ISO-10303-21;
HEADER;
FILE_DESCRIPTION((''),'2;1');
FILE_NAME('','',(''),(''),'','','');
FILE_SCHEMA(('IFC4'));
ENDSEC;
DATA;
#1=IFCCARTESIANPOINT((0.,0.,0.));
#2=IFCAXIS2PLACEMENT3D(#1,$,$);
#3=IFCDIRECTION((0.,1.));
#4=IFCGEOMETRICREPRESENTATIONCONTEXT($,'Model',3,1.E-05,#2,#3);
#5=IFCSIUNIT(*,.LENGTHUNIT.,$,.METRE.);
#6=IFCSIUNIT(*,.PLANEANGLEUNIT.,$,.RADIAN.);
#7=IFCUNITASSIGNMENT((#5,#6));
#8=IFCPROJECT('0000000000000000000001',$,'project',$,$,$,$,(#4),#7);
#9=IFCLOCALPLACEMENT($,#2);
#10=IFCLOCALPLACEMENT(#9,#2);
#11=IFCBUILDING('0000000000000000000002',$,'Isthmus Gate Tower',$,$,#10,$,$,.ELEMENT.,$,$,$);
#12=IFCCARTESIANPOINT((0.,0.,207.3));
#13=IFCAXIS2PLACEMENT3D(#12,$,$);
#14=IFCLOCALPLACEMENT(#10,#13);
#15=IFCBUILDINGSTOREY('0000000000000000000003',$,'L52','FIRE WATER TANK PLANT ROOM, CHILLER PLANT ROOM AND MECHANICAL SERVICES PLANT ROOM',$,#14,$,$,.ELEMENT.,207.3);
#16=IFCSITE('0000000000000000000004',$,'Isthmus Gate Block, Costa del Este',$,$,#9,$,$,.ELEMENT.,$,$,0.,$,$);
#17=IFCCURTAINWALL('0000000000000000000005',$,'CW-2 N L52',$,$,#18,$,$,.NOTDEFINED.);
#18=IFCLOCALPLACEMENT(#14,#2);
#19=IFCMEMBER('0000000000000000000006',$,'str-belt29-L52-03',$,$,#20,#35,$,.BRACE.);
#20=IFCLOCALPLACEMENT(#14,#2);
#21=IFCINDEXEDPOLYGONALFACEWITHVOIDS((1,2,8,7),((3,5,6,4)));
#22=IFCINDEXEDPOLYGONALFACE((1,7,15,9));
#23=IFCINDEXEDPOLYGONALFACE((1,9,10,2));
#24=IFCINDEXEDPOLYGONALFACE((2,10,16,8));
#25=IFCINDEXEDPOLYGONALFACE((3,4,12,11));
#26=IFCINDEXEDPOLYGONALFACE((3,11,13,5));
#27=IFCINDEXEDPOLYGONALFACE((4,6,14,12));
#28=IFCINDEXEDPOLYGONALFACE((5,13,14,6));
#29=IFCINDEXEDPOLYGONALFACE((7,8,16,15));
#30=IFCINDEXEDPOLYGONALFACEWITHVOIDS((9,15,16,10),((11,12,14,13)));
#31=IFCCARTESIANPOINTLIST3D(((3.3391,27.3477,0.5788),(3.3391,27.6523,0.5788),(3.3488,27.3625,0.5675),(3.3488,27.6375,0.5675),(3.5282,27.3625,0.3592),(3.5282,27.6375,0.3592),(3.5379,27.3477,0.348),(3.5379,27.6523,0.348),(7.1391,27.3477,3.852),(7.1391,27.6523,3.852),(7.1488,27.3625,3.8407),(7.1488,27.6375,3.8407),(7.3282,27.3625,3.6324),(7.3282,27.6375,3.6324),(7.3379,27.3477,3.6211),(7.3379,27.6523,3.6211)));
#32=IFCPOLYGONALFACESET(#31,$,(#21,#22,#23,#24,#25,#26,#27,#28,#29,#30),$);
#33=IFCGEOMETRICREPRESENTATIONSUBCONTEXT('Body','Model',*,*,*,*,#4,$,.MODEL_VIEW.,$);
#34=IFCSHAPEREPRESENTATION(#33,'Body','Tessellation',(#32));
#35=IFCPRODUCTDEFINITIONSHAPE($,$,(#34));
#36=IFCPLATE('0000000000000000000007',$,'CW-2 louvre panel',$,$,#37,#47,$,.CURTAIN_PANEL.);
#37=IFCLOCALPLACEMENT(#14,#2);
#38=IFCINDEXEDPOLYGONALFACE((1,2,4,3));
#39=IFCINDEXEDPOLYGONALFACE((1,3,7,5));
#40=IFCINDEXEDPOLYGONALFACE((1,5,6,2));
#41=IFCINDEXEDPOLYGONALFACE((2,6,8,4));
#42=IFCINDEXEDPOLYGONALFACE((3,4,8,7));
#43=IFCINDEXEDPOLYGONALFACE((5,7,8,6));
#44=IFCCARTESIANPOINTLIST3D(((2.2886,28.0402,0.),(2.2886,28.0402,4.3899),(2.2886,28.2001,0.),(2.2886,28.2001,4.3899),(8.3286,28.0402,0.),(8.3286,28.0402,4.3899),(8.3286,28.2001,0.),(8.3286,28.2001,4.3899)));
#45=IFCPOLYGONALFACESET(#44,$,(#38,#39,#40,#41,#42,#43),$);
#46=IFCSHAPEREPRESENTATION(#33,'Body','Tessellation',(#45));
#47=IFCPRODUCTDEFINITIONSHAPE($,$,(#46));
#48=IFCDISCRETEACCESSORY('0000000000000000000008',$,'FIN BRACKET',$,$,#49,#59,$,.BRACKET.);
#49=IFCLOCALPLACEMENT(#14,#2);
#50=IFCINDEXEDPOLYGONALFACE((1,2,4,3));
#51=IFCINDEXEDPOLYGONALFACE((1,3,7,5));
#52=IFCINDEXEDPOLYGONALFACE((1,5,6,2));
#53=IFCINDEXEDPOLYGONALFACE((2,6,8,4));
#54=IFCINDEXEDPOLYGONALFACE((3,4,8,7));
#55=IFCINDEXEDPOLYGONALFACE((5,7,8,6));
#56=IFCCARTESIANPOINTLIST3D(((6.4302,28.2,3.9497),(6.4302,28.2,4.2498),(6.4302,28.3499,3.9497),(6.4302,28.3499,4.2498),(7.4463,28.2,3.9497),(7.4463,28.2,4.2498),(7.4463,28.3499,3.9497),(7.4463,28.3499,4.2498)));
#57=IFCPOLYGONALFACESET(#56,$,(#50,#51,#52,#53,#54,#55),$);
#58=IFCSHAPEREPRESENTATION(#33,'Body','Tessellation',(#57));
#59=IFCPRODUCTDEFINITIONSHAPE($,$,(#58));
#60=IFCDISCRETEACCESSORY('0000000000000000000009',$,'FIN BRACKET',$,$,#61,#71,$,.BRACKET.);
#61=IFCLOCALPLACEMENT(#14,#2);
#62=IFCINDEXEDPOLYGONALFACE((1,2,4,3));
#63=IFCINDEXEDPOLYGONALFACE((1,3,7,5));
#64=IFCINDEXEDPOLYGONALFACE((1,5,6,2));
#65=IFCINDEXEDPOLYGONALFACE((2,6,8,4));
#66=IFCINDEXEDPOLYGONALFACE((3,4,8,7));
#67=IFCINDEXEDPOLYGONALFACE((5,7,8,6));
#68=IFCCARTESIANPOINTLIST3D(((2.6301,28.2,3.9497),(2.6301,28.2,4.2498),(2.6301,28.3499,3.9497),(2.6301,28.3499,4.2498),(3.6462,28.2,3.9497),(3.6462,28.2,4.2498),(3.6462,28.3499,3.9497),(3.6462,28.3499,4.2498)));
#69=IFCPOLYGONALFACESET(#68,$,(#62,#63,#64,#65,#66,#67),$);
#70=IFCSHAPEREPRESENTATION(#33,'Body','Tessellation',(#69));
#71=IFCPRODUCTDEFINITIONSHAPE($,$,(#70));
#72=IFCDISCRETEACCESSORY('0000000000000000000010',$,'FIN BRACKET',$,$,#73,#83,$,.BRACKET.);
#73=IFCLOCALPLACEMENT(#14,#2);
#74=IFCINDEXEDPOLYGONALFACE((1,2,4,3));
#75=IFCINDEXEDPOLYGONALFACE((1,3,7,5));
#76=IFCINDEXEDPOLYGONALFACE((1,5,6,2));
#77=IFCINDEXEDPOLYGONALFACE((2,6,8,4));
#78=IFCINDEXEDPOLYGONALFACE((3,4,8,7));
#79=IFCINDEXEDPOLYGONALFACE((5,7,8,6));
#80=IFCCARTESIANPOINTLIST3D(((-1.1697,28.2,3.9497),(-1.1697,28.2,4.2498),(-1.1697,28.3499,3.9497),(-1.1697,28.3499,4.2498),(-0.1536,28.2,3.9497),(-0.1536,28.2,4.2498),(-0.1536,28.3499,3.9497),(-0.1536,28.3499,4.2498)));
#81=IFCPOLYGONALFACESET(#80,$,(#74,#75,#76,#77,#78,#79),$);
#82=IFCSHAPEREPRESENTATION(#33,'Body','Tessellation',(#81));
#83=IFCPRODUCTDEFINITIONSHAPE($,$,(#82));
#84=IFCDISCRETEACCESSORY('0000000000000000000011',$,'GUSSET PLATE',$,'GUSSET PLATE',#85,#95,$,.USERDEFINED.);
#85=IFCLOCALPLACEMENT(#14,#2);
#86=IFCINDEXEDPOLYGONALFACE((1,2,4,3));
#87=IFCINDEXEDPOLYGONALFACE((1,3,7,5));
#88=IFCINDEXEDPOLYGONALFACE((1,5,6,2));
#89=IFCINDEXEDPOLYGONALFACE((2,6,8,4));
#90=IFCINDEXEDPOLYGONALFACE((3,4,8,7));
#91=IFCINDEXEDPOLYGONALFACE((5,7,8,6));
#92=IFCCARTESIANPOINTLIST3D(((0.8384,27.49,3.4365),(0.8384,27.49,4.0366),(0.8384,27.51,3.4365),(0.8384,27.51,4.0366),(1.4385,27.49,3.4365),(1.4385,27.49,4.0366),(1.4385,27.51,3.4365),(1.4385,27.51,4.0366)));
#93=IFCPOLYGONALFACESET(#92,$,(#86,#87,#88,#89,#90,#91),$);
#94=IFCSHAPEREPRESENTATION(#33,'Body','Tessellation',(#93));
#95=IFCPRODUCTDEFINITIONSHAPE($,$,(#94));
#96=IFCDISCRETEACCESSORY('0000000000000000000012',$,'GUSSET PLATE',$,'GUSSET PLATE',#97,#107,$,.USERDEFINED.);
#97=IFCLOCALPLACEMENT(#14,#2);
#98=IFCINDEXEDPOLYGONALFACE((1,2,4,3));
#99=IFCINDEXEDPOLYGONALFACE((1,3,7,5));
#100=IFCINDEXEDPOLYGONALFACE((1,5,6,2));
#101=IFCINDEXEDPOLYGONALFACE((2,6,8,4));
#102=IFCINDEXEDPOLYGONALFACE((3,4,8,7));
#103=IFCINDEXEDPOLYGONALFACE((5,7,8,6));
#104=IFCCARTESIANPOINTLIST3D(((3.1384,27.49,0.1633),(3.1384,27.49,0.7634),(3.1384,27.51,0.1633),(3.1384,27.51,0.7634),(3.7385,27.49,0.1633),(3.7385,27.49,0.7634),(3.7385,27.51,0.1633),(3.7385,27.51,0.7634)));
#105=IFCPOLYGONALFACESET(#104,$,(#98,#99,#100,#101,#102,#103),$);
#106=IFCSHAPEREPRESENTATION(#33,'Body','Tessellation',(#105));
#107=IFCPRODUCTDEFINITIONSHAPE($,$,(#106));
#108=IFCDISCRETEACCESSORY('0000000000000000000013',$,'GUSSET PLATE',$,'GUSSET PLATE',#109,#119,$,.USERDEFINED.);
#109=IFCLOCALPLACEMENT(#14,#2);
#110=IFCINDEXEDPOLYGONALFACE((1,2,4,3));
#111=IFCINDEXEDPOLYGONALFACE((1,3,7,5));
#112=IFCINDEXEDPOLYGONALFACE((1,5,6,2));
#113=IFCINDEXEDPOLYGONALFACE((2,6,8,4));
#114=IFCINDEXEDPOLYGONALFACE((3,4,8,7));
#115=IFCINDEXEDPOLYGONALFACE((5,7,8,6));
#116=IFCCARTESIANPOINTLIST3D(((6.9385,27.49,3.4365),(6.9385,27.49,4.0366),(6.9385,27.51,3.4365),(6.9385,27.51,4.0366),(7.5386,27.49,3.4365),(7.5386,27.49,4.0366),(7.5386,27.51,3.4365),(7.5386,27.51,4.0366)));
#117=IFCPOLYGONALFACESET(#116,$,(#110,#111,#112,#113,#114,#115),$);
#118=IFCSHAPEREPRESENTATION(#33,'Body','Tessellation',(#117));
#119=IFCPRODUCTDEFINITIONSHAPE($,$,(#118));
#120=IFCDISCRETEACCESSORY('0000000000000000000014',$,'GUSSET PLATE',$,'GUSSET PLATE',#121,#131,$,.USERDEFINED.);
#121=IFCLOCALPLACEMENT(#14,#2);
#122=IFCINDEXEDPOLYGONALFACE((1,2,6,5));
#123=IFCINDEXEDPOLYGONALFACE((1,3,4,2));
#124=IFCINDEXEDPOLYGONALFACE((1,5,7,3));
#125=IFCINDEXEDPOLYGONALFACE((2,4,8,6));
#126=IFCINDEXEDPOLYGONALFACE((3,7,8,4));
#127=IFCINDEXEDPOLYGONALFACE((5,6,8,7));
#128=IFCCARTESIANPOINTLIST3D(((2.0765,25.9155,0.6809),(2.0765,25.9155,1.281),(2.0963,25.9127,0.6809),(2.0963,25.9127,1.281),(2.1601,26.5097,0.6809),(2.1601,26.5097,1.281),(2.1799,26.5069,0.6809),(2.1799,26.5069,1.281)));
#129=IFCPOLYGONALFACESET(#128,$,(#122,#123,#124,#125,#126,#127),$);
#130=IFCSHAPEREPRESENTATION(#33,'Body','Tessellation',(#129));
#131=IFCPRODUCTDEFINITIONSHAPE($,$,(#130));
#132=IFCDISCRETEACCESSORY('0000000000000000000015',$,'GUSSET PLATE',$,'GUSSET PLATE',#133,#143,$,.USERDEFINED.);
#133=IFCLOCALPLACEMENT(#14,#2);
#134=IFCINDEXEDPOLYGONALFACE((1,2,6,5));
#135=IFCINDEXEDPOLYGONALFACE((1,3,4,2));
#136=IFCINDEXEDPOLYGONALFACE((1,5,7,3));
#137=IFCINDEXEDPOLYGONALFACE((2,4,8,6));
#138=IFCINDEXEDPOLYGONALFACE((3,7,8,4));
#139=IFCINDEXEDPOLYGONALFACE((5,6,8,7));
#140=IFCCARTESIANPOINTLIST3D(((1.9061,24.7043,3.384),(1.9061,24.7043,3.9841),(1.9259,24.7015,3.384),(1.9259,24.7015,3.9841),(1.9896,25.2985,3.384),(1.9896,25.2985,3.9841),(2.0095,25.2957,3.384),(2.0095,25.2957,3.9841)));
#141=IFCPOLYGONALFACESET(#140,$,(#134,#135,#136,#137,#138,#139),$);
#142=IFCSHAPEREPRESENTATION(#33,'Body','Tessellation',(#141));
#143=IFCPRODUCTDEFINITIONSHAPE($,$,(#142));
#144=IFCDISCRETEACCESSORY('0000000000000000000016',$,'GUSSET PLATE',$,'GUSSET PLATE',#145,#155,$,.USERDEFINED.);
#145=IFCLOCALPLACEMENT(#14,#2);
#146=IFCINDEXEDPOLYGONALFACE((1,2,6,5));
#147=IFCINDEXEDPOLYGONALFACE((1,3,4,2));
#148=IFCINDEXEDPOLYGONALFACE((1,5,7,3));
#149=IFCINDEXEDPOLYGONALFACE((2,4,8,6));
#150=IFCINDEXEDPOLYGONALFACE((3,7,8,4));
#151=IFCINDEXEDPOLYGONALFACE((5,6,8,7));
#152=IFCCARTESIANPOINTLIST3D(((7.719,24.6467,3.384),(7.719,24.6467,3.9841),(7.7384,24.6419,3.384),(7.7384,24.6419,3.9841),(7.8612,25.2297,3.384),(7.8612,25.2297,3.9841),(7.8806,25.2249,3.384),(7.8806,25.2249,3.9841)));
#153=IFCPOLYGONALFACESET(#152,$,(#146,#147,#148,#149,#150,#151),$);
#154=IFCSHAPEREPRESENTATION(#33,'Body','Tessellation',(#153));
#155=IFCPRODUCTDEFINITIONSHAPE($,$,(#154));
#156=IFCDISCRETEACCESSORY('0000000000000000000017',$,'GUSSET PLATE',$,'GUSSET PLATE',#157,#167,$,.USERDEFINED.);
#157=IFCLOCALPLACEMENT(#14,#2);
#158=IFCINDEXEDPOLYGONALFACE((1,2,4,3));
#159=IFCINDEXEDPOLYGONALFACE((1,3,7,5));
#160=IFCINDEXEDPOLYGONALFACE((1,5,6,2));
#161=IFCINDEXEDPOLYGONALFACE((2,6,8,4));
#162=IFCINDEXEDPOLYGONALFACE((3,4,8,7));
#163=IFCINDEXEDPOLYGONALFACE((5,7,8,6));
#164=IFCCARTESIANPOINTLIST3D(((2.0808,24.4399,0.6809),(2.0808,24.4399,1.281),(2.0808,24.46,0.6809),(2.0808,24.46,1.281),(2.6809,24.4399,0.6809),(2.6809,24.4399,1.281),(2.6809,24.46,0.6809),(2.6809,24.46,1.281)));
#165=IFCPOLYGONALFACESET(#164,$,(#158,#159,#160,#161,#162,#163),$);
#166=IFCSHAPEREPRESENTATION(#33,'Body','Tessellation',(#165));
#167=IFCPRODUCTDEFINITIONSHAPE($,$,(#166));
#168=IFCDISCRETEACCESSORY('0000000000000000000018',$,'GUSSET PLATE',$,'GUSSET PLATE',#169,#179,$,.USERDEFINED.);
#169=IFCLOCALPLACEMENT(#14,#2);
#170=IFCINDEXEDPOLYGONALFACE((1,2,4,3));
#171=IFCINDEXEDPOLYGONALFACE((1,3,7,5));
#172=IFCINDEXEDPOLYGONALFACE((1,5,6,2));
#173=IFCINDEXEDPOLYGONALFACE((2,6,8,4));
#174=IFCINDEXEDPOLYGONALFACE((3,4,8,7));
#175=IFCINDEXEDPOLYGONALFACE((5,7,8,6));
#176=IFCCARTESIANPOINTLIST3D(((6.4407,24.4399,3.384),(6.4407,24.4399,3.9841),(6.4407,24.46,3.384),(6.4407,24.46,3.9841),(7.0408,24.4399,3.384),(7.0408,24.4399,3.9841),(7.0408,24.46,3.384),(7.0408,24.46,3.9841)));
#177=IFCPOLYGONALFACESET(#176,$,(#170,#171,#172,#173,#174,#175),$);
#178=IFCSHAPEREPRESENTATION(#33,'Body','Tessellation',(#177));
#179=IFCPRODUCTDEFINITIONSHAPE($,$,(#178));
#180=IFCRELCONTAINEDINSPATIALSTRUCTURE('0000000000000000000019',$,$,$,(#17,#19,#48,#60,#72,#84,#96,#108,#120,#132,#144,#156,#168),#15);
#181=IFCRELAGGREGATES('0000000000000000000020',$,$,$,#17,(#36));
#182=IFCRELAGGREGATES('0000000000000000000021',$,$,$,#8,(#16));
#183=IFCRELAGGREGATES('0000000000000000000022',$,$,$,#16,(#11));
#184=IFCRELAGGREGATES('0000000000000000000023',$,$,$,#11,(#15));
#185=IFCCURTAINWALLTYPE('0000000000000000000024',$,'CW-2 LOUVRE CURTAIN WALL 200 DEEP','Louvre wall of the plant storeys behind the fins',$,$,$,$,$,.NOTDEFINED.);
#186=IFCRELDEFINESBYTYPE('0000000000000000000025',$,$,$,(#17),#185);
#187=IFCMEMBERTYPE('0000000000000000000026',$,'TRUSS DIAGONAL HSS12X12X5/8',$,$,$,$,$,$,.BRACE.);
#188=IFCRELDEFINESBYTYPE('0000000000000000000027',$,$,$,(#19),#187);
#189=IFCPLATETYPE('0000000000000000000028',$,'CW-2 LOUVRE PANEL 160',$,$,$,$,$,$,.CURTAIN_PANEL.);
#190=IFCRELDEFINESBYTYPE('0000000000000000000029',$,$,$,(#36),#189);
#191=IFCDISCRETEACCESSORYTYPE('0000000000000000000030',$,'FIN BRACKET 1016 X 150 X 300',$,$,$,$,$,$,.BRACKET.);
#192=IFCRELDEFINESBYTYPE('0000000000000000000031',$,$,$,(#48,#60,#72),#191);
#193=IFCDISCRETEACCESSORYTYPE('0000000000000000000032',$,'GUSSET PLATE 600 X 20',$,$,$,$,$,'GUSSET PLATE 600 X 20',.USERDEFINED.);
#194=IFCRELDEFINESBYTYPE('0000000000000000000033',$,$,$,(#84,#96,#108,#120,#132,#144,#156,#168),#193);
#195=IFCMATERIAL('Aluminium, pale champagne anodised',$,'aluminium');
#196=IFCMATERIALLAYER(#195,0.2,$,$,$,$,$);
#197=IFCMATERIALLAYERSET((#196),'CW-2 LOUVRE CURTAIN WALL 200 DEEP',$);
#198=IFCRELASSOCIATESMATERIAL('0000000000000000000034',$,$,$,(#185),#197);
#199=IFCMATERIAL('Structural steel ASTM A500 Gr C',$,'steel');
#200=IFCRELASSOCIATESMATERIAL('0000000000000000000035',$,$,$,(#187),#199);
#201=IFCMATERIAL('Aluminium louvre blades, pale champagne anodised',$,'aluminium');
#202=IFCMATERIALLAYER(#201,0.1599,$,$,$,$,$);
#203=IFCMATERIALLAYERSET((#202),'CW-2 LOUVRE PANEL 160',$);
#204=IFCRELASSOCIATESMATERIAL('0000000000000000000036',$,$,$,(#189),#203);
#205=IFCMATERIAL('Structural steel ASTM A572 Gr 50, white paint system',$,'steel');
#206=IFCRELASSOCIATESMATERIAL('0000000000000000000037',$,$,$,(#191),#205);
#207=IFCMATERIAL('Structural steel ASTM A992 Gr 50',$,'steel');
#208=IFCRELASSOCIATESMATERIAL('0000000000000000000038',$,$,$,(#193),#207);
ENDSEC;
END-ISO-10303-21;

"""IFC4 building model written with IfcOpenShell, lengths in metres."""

from ifc_helpers import new_model, si_unit, direction, frame, origin, origin_2d, place, context, subcontext, project, spatial, rectangle, hollow_rectangle, extrude, material, layer, layer_set, material_profile, profile_set, type_object, element, aggregate, save


model = new_model("IFC4")

# Units and contexts
model_context = context("Model", 3, precision=1e-05, world=origin(), true_north=direction((0.0, 1.0)))
body_context = subcontext(model_context, "Body", "Model", "MODEL_VIEW")
ifc_project = project(units=[si_unit("LENGTHUNIT", "METRE"), si_unit("PLANEANGLEUNIT", "RADIAN")], contexts=[model_context])

# Site, building, storey
site_placement = place(None, origin())
site = spatial("IfcSite", under=ifc_project, at=site_placement, Name="Isthmus Gate Block, Costa del Este", CompositionType="ELEMENT", RefElevation=0.0)
building_placement = place(site_placement, origin())
building = spatial("IfcBuilding", under=site, at=building_placement, Name="Isthmus Gate Tower", CompositionType="ELEMENT")
storey_placement = place(building_placement, frame((0.0, 0.0, 207.3)))
storey = spatial("IfcBuildingStorey", under=building, at=storey_placement, Name="L52", Description="FIRE WATER TANK PLANT ROOM, CHILLER PLANT ROOM AND MECHANICAL SERVICES PLANT ROOM", CompositionType="ELEMENT", Elevation=207.3)

# Curtain wall
ifc_material_1 = material(Name="Aluminium, pale champagne anodised", Category="aluminium")
ifc_layer_1 = layer(ifc_material_1, 0.2)
ifc_layer_set_1 = layer_set([ifc_layer_1], Name="CW-2 LOUVRE CURTAIN WALL 200 DEEP")
curtain_wall_type = type_object("IfcCurtainWallType", Name="CW-2 LOUVRE CURTAIN WALL 200 DEEP", Description="Louvre wall of the plant storeys behind the fins", PredefinedType="NOTDEFINED", material=ifc_layer_set_1)
curtain_wall_placement = place(storey_placement, origin())
curtain_wall = element("IfcCurtainWall", 1, at=curtain_wall_placement, inside=storey, type_object=curtain_wall_type, Name="CW-2 N L52", PredefinedType="NOTDEFINED")

# Member
ifc_material_2 = material(Name="Structural steel ASTM A500 Gr C", Category="steel")
ifc_material_profile_1 = material_profile(ifc_material_2, hollow_rectangle(XDim=0.3047, YDim=0.3047, WallThickness=0.0149, at=origin_2d()), Name="HSS12X12X5/8")
ifc_profile_set_1 = profile_set([ifc_material_profile_1], Name="Structural steel ASTM A500 Gr C")
member_type_1 = type_object("IfcMemberType", Name="TRUSS DIAGONAL HSS12X12X5/8", PredefinedType="BRACE", material=ifc_profile_set_1)
member_1_placement = place(storey_placement, frame((3.4385, 27.5, 0.4634), z_axis=(0.757677, 0.0, 0.65263), x_axis=(0.0, 1.0, 0.0)))
element("IfcMember", 2, at=member_1_placement, inside=storey, type_object=member_type_1, Name="str-belt29-L52-03", PredefinedType="BRACE", context=body_context, shape_type="SweptSolid", body=[
    extrude(hollow_rectangle(XDim=0.3047, YDim=0.3047, WallThickness=0.0149, at=origin_2d()), origin(), (0.0, 0.0, 1.0), 5.0154),
])

# Plate
ifc_material_3 = material(Name="Aluminium louvre blades, pale champagne anodised", Category="aluminium")
ifc_layer_2 = layer(ifc_material_3, 0.1599)
ifc_layer_set_2 = layer_set([ifc_layer_2], Name="CW-2 LOUVRE PANEL 160")
plate_type = type_object("IfcPlateType", Name="CW-2 LOUVRE PANEL 160", PredefinedType="CURTAIN_PANEL", material=ifc_layer_set_2)
plate_placement = place(storey_placement, frame((5.3086, 28.1201, 0.0), z_axis=(0.0, 0.0, 1.0), x_axis=(-1.0, 0.0, 0.0)))
plate = element("IfcPlate", 3, at=plate_placement, type_object=plate_type, Name="CW-2 louvre panel", PredefinedType="CURTAIN_PANEL", context=body_context, shape_type="SweptSolid", body=[
    extrude(rectangle(XDim=6.04, YDim=0.1599, at=origin_2d()), origin(), (0.0, 0.0, 1.0), 4.3899),
])
aggregate(curtain_wall, [plate])

# Discrete accessories
ifc_material_4 = material(Name="Structural steel ASTM A572 Gr 50, white paint system", Category="steel")
discrete_accessory_type_1 = type_object("IfcDiscreteAccessoryType", Name="FIN BRACKET 1016 X 150 X 300", PredefinedType="BRACKET", material=ifc_material_4)
for number, where, z_axis, x_axis, name in (
    (4, (6.9382, 28.2749, 3.9497), (0.0, 0.0, 1.0), (0.0, 1.0, 0.0), "FIN BRACKET"),
    (5, (3.1382, 28.2749, 3.9497), (0.0, 0.0, 1.0), (0.0, 1.0, 0.0), "FIN BRACKET"),
    (6, (-0.6616, 28.2749, 3.9497), (0.0, 0.0, 1.0), (0.0, 1.0, 0.0), "FIN BRACKET"),
):
    element("IfcDiscreteAccessory", number, at=place(storey_placement, frame(where, z_axis=z_axis, x_axis=x_axis)), inside=storey, type_object=discrete_accessory_type_1, Name=name, PredefinedType="BRACKET", context=body_context, shape_type="SweptSolid", body=[
        extrude(rectangle(XDim=0.1499, YDim=1.0161, at=origin_2d()), origin(), (0.0, 0.0, 1.0), 0.3),
    ])
ifc_material_5 = material(Name="Structural steel ASTM A992 Gr 50", Category="steel")
discrete_accessory_type_2 = type_object("IfcDiscreteAccessoryType", Name="GUSSET PLATE 600 X 20", ElementType="GUSSET PLATE 600 X 20", PredefinedType="USERDEFINED", material=ifc_material_5)
for number, where, z_axis, x_axis, name in (
    (7, (1.1384, 27.5, 3.4365), (0.0, 0.0, 1.0), (1.0, 0.0, 0.0), "GUSSET PLATE"),
    (8, (3.4385, 27.5, 0.1633), (0.0, 0.0, 1.0), (1.0, 0.0, 0.0), "GUSSET PLATE"),
    (9, (7.2385, 27.5, 3.4365), (0.0, 0.0, 1.0), (1.0, 0.0, 0.0), "GUSSET PLATE"),
    (10, (2.1282, 26.2112, 0.6809), (0.0, 0.0, 1.0), (-0.139294, -0.990251, 0.0), "GUSSET PLATE"),
    (11, (1.9578, 25.0, 3.384), (0.0, 0.0, 1.0), (-0.139294, -0.990251, 0.0), "GUSSET PLATE"),
    (12, (7.7998, 24.9358, 3.384), (0.0, 0.0, 1.0), (-0.23694, -0.971524, 0.0), "GUSSET PLATE"),
    (13, (2.3809, 24.45, 0.6809), (0.0, 0.0, 1.0), (1.0, 0.0, 0.0), "GUSSET PLATE"),
    (14, (6.7407, 24.45, 3.384), (0.0, 0.0, 1.0), (1.0, 0.0, 0.0), "GUSSET PLATE"),
):
    element("IfcDiscreteAccessory", number, at=place(storey_placement, frame(where, z_axis=z_axis, x_axis=x_axis)), inside=storey, type_object=discrete_accessory_type_2, Name=name, ObjectType="GUSSET PLATE", PredefinedType="USERDEFINED", context=body_context, shape_type="SweptSolid", body=[
        extrude(rectangle(XDim=0.6001, YDim=0.02, at=origin_2d()), origin(), (0.0, 0.0, 1.0), 0.6001),
    ])

save(model, "model.ifc")
